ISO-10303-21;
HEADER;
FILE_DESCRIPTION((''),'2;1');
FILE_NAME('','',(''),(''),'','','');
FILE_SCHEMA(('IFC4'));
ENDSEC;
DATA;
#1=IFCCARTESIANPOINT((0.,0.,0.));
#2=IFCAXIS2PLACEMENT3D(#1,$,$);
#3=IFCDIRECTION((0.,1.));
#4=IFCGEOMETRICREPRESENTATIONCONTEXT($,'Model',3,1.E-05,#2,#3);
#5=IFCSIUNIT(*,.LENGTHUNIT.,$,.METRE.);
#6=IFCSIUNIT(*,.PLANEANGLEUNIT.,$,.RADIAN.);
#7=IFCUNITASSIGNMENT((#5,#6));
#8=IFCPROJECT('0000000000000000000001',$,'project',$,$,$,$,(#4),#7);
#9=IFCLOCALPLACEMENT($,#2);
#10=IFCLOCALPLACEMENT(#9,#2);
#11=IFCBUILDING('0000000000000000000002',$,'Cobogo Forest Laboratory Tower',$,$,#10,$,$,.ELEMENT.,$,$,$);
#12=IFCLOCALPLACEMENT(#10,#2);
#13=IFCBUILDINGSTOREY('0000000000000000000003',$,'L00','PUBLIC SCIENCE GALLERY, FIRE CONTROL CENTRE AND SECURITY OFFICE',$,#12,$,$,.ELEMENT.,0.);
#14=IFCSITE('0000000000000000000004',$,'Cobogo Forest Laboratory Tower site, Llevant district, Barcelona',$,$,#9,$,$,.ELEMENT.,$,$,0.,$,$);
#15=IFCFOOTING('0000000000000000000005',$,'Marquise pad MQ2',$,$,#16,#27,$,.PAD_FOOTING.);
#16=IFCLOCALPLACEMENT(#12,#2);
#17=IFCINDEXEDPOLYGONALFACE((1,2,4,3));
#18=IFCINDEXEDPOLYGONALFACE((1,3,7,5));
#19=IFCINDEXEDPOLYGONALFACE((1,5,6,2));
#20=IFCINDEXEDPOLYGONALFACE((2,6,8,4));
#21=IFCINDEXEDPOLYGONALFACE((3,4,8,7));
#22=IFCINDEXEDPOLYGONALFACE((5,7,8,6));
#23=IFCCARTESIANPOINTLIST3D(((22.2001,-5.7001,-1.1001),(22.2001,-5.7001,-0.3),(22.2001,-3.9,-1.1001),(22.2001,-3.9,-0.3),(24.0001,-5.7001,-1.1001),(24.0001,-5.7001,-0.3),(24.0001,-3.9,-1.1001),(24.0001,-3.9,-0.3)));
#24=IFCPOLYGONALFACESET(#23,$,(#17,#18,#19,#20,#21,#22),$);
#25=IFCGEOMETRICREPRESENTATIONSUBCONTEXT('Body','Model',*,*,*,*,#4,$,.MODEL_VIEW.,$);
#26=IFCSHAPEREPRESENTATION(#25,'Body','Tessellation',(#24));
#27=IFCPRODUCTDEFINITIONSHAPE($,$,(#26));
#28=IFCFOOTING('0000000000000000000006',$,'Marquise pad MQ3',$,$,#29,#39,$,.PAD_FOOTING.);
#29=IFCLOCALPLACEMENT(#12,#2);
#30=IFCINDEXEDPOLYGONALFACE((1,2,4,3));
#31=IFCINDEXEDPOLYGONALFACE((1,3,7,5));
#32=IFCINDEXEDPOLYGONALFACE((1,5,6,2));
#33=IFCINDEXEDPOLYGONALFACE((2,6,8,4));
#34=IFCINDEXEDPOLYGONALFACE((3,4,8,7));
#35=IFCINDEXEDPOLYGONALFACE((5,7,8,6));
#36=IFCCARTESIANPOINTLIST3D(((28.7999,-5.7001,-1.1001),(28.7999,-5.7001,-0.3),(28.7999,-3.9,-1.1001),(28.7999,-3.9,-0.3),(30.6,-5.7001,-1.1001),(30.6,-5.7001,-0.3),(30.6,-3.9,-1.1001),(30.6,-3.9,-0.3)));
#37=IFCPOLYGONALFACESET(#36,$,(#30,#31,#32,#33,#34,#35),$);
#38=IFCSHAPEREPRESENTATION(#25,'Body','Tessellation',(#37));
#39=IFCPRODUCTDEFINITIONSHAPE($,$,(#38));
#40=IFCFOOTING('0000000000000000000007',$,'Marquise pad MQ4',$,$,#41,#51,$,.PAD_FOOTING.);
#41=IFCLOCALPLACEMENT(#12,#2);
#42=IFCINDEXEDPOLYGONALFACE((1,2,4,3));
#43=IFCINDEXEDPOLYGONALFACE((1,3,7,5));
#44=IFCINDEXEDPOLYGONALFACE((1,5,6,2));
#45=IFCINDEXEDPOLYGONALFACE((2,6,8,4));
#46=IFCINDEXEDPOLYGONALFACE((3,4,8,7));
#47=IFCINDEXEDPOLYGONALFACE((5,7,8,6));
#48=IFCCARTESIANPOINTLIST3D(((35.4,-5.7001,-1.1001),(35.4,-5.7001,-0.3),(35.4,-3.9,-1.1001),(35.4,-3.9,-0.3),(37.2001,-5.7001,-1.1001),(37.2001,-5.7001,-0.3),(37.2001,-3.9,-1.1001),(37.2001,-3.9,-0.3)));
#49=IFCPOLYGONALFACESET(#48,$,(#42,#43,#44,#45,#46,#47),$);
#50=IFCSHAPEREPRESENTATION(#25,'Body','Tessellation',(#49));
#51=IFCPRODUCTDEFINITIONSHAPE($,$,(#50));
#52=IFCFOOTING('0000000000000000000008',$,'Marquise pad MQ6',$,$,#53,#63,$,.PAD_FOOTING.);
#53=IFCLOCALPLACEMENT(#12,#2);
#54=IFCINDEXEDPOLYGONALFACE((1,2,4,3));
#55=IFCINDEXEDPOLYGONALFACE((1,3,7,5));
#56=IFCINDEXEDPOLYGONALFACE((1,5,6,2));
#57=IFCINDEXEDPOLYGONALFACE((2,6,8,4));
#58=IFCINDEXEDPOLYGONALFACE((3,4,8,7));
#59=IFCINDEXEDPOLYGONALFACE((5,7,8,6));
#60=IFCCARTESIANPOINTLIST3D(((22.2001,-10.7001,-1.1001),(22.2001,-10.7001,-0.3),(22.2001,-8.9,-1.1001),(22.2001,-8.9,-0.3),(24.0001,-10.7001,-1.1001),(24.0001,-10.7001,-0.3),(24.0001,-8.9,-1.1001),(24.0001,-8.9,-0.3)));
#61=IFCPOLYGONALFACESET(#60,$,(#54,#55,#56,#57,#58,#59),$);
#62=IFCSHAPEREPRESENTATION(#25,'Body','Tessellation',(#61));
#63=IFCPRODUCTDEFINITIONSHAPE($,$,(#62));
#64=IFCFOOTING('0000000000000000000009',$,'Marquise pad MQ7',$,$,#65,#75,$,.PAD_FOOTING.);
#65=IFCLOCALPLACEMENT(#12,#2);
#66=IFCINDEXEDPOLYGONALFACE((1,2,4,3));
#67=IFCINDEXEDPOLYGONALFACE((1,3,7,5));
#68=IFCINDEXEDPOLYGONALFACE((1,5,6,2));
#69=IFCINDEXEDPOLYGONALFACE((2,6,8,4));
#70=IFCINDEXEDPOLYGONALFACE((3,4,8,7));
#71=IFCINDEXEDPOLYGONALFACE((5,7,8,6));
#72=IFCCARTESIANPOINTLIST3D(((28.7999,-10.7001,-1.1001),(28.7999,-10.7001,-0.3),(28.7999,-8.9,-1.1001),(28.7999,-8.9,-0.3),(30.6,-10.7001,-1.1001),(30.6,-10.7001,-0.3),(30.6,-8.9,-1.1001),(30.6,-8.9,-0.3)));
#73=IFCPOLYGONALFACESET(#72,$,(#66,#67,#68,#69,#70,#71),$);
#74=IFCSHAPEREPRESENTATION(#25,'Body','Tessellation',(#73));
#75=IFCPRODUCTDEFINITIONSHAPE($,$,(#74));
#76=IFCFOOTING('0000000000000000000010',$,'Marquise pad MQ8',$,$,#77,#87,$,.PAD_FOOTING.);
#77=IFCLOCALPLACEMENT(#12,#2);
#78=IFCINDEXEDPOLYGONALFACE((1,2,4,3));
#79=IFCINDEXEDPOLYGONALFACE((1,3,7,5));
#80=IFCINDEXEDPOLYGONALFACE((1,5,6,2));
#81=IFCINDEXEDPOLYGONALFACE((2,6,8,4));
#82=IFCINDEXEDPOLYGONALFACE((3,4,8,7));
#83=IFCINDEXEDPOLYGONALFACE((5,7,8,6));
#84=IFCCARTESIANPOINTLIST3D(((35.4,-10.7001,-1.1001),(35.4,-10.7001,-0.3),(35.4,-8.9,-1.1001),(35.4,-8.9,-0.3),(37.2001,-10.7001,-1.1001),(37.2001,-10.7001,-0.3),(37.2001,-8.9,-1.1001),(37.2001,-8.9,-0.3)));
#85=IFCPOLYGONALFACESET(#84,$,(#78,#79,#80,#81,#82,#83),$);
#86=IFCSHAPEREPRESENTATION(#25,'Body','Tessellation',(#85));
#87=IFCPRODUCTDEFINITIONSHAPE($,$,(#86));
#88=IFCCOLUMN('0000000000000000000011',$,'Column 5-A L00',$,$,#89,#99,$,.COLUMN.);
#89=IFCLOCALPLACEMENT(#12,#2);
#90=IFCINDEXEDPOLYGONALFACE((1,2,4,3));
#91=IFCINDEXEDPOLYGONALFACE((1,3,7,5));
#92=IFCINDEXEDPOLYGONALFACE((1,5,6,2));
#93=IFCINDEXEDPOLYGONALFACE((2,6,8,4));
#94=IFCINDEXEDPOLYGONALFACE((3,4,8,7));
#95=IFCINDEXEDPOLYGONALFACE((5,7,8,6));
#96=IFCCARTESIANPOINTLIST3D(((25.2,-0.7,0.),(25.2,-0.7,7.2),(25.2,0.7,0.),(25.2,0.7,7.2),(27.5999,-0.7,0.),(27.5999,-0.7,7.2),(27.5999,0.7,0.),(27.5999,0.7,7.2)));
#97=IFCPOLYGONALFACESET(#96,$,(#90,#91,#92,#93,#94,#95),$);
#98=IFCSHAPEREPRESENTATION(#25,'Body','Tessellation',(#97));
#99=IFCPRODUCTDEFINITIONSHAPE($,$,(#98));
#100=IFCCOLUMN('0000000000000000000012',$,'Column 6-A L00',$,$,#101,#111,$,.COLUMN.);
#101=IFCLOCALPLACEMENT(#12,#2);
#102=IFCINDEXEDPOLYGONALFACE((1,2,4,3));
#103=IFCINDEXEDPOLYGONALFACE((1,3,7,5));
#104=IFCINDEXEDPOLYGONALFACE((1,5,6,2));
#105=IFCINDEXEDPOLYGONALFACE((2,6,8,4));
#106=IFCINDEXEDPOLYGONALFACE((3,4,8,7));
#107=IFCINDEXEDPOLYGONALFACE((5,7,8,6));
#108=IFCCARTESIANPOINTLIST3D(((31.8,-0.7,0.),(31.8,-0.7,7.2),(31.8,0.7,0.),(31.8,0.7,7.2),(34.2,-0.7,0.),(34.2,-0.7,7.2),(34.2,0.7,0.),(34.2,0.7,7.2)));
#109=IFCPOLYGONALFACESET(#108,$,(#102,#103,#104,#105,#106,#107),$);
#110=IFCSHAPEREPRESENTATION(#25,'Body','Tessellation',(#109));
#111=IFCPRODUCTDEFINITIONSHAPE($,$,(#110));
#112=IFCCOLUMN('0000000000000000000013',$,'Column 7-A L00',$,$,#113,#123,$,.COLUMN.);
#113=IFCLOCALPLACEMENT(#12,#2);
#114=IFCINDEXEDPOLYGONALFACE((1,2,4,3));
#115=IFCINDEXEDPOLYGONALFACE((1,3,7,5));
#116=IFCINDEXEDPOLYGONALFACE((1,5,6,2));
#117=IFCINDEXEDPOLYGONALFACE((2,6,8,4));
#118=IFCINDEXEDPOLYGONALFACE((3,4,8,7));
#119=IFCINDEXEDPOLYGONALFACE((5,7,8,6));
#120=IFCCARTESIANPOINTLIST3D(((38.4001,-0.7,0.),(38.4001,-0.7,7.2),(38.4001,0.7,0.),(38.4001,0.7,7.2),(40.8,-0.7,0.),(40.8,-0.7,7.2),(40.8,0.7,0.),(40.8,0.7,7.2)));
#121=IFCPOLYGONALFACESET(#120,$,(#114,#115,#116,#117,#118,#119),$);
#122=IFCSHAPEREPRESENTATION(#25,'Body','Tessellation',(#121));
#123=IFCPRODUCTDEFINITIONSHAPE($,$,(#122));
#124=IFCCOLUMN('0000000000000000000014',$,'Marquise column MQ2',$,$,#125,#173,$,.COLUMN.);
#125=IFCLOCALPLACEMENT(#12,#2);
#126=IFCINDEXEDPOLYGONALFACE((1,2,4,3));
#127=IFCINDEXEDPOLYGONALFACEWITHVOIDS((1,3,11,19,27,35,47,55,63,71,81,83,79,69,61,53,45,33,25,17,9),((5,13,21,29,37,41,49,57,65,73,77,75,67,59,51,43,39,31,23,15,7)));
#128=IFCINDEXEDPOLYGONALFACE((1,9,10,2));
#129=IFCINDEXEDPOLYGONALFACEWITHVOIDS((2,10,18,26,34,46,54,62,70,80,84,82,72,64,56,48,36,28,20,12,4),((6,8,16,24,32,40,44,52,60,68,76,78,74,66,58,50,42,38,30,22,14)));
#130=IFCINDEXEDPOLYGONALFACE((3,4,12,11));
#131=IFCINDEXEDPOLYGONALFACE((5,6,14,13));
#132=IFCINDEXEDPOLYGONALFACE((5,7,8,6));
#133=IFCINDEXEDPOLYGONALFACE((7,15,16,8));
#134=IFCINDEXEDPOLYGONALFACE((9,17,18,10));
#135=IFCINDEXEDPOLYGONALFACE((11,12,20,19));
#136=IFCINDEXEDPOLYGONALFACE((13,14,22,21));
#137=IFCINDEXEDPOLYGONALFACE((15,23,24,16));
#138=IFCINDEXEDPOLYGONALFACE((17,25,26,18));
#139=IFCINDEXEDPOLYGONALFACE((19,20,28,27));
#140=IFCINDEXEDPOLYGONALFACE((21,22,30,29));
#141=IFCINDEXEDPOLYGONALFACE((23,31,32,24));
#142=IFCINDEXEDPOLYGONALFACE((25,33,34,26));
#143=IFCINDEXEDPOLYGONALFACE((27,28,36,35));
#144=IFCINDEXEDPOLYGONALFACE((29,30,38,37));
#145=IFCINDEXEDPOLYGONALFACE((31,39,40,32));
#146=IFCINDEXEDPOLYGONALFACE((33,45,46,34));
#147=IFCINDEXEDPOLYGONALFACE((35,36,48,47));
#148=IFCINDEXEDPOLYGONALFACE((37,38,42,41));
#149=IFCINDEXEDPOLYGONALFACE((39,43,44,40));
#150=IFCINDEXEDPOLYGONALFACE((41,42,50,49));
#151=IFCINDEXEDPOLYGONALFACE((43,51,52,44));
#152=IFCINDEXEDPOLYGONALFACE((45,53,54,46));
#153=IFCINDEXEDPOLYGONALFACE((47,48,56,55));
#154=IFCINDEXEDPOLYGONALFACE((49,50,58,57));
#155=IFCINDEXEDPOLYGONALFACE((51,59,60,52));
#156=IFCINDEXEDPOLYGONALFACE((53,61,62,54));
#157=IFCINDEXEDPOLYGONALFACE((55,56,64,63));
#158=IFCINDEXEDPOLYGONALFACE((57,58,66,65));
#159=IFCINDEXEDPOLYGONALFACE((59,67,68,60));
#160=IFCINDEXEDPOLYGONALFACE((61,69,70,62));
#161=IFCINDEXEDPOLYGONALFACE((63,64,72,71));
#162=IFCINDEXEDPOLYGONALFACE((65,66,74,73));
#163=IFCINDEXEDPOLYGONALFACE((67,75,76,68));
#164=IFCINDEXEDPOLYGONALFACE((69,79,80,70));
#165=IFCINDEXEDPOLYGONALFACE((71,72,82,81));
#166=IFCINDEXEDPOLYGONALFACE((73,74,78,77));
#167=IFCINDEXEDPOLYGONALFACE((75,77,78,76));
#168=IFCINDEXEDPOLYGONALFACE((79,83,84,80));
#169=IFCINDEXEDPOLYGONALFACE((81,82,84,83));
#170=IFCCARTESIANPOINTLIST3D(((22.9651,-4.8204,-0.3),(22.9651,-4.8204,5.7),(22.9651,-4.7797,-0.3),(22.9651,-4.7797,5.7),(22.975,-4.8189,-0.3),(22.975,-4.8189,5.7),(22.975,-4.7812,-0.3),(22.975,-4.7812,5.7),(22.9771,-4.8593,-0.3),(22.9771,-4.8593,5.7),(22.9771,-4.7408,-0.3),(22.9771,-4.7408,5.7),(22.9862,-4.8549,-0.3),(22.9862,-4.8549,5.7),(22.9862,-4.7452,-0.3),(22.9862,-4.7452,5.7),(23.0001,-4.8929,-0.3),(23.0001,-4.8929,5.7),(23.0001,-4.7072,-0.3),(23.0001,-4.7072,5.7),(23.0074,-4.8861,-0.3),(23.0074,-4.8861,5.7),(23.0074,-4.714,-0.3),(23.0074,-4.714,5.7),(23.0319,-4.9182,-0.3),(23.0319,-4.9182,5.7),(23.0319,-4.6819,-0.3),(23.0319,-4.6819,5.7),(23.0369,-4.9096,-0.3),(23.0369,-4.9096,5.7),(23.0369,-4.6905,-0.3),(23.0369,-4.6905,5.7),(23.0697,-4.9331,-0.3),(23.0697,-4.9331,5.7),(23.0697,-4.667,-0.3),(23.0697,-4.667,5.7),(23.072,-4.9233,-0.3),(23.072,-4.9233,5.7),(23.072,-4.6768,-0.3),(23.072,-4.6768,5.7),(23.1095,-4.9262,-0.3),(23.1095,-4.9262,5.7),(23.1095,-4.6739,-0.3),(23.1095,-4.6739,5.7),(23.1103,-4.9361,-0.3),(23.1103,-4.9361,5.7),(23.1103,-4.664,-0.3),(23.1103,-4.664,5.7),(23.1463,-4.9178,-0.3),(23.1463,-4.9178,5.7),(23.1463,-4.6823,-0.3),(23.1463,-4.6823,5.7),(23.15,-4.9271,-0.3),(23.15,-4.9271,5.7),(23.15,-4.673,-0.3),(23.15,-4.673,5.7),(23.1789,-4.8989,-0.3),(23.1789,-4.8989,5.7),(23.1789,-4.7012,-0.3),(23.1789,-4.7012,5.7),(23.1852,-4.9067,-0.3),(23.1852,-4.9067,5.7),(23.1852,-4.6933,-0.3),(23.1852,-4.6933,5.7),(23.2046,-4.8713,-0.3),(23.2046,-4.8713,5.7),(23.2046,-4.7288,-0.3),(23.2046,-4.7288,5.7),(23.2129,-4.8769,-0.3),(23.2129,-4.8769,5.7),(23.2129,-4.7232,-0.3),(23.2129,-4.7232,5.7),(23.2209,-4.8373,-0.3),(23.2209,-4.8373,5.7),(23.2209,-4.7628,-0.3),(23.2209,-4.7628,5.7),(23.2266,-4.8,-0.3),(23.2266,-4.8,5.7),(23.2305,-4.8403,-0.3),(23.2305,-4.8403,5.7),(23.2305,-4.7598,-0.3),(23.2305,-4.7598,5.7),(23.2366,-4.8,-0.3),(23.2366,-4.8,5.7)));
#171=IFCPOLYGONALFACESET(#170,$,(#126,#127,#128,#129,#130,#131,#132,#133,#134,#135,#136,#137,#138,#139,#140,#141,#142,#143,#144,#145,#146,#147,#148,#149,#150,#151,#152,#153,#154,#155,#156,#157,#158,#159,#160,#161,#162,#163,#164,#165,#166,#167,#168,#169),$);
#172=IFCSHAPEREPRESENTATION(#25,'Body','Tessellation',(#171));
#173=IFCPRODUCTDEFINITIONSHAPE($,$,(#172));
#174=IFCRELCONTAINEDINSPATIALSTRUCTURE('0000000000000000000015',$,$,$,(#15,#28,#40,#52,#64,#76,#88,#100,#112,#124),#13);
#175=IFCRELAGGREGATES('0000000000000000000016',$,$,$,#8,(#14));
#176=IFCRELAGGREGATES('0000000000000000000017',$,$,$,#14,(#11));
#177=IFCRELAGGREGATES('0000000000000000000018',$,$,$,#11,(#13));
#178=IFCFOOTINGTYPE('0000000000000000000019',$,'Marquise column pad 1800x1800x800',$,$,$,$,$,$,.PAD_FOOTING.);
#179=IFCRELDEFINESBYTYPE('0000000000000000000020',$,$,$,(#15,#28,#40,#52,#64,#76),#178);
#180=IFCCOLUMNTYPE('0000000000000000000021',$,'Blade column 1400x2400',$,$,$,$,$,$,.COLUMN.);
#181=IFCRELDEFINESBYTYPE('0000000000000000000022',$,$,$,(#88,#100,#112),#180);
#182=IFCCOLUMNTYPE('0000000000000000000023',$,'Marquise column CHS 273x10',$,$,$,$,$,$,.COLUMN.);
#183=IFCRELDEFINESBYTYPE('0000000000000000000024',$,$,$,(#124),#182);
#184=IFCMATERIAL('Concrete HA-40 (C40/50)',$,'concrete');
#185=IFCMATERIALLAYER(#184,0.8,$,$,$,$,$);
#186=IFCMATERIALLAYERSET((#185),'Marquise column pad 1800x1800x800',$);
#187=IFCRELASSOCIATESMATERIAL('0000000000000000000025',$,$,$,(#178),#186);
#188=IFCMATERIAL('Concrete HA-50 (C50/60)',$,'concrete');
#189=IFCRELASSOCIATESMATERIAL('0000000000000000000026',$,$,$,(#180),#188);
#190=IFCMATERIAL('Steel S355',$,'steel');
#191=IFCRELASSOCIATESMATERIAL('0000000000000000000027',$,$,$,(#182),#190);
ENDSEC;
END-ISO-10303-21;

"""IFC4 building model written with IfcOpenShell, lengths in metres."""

from ifc_helpers import new_model, si_unit, direction, frame, origin, origin_2d, place, context, subcontext, project, spatial, rectangle, hollow_circle, extrude, material, layer, layer_set, material_profile, profile_set, type_object, element, save


model = new_model("IFC4")

# Units and contexts
model_context = context("Model", 3, precision=1e-05, world=origin(), true_north=direction((0.0, 1.0)))
body_context = subcontext(model_context, "Body", "Model", "MODEL_VIEW")
ifc_project = project(units=[si_unit("LENGTHUNIT", "METRE"), si_unit("PLANEANGLEUNIT", "RADIAN")], contexts=[model_context])

# Site, building, storey
site_placement = place(None, origin())
site = spatial("IfcSite", under=ifc_project, at=site_placement, Name="Cobogo Forest Laboratory Tower site, Llevant district, Barcelona", CompositionType="ELEMENT", RefElevation=0.0)
building_placement = place(site_placement, origin())
building = spatial("IfcBuilding", under=site, at=building_placement, Name="Cobogo Forest Laboratory Tower", CompositionType="ELEMENT")
storey_placement = place(building_placement, origin())
storey = spatial("IfcBuildingStorey", under=building, at=storey_placement, Name="L00", Description="PUBLIC SCIENCE GALLERY, FIRE CONTROL CENTRE AND SECURITY OFFICE", CompositionType="ELEMENT", Elevation=0.0)

# Footings
ifc_material_1 = material(Name="Concrete HA-40 (C40/50)", Category="concrete")
ifc_layer_1 = layer(ifc_material_1, 0.8)
ifc_layer_set_1 = layer_set([ifc_layer_1], Name="Marquise column pad 1800x1800x800")
footing_type = type_object("IfcFootingType", Name="Marquise column pad 1800x1800x800", PredefinedType="PAD_FOOTING", material=ifc_layer_set_1)
for number, where, z_axis, x_axis, name in (
    (1, (23.1001, -4.8, -1.1001), (0.0, 0.0, 1.0), (1.0, 0.0, 0.0), "Marquise pad MQ2"),
    (2, (29.7, -4.8, -1.1001), (0.0, 0.0, 1.0), (1.0, 0.0, 0.0), "Marquise pad MQ3"),
    (3, (36.3, -4.8, -1.1001), (0.0, 0.0, 1.0), (1.0, 0.0, 0.0), "Marquise pad MQ4"),
    (4, (23.1001, -9.8, -1.1001), (0.0, 0.0, 1.0), (1.0, 0.0, 0.0), "Marquise pad MQ6"),
    (5, (29.7, -9.8, -1.1001), (0.0, 0.0, 1.0), (1.0, 0.0, 0.0), "Marquise pad MQ7"),
    (6, (36.3, -9.8, -1.1001), (0.0, 0.0, 1.0), (1.0, 0.0, 0.0), "Marquise pad MQ8"),
):
    element("IfcFooting", number, at=place(storey_placement, frame(where, z_axis=z_axis, x_axis=x_axis)), inside=storey, type_object=footing_type, Name=name, PredefinedType="PAD_FOOTING", context=body_context, shape_type="SweptSolid", body=[
        extrude(rectangle(XDim=1.8, YDim=1.8, at=origin_2d()), origin(), (0.0, 0.0, 1.0), 0.8),
    ])

# Columns
ifc_material_2 = material(Name="Concrete HA-50 (C50/60)", Category="concrete")
ifc_material_profile_1 = material_profile(ifc_material_2, rectangle(XDim=2.3999, YDim=1.3999, at=origin_2d()), Name="RC 1400x2400")
ifc_profile_set_1 = profile_set([ifc_material_profile_1], Name="Concrete HA-50 (C50/60)")
column_type_1 = type_object("IfcColumnType", Name="Blade column 1400x2400", PredefinedType="COLUMN", material=ifc_profile_set_1)
for number, where, z_axis, x_axis, name in (
    (7, (26.3999, 0.0, 0.0), (0.0, 0.0, 1.0), (1.0, 0.0, 0.0), "Column 5-A L00"),
    (8, (33.0, 0.0, 0.0), (0.0, 0.0, 1.0), (1.0, 0.0, 0.0), "Column 6-A L00"),
    (9, (39.6001, 0.0, 0.0), (0.0, 0.0, 1.0), (1.0, 0.0, 0.0), "Column 7-A L00"),
):
    element("IfcColumn", number, at=place(storey_placement, frame(where, z_axis=z_axis, x_axis=x_axis)), inside=storey, type_object=column_type_1, Name=name, PredefinedType="COLUMN", context=body_context, shape_type="SweptSolid", body=[
        extrude(rectangle(XDim=2.3999, YDim=1.3999, at=origin_2d()), origin(), (0.0, 0.0, 1.0), 7.2),
    ])
ifc_material_3 = material(Name="Steel S355", Category="steel")
ifc_material_profile_2 = material_profile(ifc_material_3, hollow_circle(Radius=0.1365, WallThickness=0.01, at=origin_2d()), Name="CHS 273x10")
ifc_profile_set_2 = profile_set([ifc_material_profile_2], Name="Steel S355")
column_type_2 = type_object("IfcColumnType", Name="Marquise column CHS 273x10", PredefinedType="COLUMN", material=ifc_profile_set_2)
for number, where, z_axis, x_axis, name in (
    (10, (23.1001, -4.8, -0.3), (0.0, 0.0, 1.0), (1.0, 0.0, 0.0), "Marquise column MQ2"),
):
    element("IfcColumn", number, at=place(storey_placement, frame(where, z_axis=z_axis, x_axis=x_axis)), inside=storey, type_object=column_type_2, Name=name, PredefinedType="COLUMN", context=body_context, shape_type="SweptSolid", body=[
        extrude(hollow_circle(Radius=0.1365, WallThickness=0.01, at=origin_2d()), origin(), (0.0, 0.0, 1.0), 6.0),
    ])

save(model, "model.ifc")
